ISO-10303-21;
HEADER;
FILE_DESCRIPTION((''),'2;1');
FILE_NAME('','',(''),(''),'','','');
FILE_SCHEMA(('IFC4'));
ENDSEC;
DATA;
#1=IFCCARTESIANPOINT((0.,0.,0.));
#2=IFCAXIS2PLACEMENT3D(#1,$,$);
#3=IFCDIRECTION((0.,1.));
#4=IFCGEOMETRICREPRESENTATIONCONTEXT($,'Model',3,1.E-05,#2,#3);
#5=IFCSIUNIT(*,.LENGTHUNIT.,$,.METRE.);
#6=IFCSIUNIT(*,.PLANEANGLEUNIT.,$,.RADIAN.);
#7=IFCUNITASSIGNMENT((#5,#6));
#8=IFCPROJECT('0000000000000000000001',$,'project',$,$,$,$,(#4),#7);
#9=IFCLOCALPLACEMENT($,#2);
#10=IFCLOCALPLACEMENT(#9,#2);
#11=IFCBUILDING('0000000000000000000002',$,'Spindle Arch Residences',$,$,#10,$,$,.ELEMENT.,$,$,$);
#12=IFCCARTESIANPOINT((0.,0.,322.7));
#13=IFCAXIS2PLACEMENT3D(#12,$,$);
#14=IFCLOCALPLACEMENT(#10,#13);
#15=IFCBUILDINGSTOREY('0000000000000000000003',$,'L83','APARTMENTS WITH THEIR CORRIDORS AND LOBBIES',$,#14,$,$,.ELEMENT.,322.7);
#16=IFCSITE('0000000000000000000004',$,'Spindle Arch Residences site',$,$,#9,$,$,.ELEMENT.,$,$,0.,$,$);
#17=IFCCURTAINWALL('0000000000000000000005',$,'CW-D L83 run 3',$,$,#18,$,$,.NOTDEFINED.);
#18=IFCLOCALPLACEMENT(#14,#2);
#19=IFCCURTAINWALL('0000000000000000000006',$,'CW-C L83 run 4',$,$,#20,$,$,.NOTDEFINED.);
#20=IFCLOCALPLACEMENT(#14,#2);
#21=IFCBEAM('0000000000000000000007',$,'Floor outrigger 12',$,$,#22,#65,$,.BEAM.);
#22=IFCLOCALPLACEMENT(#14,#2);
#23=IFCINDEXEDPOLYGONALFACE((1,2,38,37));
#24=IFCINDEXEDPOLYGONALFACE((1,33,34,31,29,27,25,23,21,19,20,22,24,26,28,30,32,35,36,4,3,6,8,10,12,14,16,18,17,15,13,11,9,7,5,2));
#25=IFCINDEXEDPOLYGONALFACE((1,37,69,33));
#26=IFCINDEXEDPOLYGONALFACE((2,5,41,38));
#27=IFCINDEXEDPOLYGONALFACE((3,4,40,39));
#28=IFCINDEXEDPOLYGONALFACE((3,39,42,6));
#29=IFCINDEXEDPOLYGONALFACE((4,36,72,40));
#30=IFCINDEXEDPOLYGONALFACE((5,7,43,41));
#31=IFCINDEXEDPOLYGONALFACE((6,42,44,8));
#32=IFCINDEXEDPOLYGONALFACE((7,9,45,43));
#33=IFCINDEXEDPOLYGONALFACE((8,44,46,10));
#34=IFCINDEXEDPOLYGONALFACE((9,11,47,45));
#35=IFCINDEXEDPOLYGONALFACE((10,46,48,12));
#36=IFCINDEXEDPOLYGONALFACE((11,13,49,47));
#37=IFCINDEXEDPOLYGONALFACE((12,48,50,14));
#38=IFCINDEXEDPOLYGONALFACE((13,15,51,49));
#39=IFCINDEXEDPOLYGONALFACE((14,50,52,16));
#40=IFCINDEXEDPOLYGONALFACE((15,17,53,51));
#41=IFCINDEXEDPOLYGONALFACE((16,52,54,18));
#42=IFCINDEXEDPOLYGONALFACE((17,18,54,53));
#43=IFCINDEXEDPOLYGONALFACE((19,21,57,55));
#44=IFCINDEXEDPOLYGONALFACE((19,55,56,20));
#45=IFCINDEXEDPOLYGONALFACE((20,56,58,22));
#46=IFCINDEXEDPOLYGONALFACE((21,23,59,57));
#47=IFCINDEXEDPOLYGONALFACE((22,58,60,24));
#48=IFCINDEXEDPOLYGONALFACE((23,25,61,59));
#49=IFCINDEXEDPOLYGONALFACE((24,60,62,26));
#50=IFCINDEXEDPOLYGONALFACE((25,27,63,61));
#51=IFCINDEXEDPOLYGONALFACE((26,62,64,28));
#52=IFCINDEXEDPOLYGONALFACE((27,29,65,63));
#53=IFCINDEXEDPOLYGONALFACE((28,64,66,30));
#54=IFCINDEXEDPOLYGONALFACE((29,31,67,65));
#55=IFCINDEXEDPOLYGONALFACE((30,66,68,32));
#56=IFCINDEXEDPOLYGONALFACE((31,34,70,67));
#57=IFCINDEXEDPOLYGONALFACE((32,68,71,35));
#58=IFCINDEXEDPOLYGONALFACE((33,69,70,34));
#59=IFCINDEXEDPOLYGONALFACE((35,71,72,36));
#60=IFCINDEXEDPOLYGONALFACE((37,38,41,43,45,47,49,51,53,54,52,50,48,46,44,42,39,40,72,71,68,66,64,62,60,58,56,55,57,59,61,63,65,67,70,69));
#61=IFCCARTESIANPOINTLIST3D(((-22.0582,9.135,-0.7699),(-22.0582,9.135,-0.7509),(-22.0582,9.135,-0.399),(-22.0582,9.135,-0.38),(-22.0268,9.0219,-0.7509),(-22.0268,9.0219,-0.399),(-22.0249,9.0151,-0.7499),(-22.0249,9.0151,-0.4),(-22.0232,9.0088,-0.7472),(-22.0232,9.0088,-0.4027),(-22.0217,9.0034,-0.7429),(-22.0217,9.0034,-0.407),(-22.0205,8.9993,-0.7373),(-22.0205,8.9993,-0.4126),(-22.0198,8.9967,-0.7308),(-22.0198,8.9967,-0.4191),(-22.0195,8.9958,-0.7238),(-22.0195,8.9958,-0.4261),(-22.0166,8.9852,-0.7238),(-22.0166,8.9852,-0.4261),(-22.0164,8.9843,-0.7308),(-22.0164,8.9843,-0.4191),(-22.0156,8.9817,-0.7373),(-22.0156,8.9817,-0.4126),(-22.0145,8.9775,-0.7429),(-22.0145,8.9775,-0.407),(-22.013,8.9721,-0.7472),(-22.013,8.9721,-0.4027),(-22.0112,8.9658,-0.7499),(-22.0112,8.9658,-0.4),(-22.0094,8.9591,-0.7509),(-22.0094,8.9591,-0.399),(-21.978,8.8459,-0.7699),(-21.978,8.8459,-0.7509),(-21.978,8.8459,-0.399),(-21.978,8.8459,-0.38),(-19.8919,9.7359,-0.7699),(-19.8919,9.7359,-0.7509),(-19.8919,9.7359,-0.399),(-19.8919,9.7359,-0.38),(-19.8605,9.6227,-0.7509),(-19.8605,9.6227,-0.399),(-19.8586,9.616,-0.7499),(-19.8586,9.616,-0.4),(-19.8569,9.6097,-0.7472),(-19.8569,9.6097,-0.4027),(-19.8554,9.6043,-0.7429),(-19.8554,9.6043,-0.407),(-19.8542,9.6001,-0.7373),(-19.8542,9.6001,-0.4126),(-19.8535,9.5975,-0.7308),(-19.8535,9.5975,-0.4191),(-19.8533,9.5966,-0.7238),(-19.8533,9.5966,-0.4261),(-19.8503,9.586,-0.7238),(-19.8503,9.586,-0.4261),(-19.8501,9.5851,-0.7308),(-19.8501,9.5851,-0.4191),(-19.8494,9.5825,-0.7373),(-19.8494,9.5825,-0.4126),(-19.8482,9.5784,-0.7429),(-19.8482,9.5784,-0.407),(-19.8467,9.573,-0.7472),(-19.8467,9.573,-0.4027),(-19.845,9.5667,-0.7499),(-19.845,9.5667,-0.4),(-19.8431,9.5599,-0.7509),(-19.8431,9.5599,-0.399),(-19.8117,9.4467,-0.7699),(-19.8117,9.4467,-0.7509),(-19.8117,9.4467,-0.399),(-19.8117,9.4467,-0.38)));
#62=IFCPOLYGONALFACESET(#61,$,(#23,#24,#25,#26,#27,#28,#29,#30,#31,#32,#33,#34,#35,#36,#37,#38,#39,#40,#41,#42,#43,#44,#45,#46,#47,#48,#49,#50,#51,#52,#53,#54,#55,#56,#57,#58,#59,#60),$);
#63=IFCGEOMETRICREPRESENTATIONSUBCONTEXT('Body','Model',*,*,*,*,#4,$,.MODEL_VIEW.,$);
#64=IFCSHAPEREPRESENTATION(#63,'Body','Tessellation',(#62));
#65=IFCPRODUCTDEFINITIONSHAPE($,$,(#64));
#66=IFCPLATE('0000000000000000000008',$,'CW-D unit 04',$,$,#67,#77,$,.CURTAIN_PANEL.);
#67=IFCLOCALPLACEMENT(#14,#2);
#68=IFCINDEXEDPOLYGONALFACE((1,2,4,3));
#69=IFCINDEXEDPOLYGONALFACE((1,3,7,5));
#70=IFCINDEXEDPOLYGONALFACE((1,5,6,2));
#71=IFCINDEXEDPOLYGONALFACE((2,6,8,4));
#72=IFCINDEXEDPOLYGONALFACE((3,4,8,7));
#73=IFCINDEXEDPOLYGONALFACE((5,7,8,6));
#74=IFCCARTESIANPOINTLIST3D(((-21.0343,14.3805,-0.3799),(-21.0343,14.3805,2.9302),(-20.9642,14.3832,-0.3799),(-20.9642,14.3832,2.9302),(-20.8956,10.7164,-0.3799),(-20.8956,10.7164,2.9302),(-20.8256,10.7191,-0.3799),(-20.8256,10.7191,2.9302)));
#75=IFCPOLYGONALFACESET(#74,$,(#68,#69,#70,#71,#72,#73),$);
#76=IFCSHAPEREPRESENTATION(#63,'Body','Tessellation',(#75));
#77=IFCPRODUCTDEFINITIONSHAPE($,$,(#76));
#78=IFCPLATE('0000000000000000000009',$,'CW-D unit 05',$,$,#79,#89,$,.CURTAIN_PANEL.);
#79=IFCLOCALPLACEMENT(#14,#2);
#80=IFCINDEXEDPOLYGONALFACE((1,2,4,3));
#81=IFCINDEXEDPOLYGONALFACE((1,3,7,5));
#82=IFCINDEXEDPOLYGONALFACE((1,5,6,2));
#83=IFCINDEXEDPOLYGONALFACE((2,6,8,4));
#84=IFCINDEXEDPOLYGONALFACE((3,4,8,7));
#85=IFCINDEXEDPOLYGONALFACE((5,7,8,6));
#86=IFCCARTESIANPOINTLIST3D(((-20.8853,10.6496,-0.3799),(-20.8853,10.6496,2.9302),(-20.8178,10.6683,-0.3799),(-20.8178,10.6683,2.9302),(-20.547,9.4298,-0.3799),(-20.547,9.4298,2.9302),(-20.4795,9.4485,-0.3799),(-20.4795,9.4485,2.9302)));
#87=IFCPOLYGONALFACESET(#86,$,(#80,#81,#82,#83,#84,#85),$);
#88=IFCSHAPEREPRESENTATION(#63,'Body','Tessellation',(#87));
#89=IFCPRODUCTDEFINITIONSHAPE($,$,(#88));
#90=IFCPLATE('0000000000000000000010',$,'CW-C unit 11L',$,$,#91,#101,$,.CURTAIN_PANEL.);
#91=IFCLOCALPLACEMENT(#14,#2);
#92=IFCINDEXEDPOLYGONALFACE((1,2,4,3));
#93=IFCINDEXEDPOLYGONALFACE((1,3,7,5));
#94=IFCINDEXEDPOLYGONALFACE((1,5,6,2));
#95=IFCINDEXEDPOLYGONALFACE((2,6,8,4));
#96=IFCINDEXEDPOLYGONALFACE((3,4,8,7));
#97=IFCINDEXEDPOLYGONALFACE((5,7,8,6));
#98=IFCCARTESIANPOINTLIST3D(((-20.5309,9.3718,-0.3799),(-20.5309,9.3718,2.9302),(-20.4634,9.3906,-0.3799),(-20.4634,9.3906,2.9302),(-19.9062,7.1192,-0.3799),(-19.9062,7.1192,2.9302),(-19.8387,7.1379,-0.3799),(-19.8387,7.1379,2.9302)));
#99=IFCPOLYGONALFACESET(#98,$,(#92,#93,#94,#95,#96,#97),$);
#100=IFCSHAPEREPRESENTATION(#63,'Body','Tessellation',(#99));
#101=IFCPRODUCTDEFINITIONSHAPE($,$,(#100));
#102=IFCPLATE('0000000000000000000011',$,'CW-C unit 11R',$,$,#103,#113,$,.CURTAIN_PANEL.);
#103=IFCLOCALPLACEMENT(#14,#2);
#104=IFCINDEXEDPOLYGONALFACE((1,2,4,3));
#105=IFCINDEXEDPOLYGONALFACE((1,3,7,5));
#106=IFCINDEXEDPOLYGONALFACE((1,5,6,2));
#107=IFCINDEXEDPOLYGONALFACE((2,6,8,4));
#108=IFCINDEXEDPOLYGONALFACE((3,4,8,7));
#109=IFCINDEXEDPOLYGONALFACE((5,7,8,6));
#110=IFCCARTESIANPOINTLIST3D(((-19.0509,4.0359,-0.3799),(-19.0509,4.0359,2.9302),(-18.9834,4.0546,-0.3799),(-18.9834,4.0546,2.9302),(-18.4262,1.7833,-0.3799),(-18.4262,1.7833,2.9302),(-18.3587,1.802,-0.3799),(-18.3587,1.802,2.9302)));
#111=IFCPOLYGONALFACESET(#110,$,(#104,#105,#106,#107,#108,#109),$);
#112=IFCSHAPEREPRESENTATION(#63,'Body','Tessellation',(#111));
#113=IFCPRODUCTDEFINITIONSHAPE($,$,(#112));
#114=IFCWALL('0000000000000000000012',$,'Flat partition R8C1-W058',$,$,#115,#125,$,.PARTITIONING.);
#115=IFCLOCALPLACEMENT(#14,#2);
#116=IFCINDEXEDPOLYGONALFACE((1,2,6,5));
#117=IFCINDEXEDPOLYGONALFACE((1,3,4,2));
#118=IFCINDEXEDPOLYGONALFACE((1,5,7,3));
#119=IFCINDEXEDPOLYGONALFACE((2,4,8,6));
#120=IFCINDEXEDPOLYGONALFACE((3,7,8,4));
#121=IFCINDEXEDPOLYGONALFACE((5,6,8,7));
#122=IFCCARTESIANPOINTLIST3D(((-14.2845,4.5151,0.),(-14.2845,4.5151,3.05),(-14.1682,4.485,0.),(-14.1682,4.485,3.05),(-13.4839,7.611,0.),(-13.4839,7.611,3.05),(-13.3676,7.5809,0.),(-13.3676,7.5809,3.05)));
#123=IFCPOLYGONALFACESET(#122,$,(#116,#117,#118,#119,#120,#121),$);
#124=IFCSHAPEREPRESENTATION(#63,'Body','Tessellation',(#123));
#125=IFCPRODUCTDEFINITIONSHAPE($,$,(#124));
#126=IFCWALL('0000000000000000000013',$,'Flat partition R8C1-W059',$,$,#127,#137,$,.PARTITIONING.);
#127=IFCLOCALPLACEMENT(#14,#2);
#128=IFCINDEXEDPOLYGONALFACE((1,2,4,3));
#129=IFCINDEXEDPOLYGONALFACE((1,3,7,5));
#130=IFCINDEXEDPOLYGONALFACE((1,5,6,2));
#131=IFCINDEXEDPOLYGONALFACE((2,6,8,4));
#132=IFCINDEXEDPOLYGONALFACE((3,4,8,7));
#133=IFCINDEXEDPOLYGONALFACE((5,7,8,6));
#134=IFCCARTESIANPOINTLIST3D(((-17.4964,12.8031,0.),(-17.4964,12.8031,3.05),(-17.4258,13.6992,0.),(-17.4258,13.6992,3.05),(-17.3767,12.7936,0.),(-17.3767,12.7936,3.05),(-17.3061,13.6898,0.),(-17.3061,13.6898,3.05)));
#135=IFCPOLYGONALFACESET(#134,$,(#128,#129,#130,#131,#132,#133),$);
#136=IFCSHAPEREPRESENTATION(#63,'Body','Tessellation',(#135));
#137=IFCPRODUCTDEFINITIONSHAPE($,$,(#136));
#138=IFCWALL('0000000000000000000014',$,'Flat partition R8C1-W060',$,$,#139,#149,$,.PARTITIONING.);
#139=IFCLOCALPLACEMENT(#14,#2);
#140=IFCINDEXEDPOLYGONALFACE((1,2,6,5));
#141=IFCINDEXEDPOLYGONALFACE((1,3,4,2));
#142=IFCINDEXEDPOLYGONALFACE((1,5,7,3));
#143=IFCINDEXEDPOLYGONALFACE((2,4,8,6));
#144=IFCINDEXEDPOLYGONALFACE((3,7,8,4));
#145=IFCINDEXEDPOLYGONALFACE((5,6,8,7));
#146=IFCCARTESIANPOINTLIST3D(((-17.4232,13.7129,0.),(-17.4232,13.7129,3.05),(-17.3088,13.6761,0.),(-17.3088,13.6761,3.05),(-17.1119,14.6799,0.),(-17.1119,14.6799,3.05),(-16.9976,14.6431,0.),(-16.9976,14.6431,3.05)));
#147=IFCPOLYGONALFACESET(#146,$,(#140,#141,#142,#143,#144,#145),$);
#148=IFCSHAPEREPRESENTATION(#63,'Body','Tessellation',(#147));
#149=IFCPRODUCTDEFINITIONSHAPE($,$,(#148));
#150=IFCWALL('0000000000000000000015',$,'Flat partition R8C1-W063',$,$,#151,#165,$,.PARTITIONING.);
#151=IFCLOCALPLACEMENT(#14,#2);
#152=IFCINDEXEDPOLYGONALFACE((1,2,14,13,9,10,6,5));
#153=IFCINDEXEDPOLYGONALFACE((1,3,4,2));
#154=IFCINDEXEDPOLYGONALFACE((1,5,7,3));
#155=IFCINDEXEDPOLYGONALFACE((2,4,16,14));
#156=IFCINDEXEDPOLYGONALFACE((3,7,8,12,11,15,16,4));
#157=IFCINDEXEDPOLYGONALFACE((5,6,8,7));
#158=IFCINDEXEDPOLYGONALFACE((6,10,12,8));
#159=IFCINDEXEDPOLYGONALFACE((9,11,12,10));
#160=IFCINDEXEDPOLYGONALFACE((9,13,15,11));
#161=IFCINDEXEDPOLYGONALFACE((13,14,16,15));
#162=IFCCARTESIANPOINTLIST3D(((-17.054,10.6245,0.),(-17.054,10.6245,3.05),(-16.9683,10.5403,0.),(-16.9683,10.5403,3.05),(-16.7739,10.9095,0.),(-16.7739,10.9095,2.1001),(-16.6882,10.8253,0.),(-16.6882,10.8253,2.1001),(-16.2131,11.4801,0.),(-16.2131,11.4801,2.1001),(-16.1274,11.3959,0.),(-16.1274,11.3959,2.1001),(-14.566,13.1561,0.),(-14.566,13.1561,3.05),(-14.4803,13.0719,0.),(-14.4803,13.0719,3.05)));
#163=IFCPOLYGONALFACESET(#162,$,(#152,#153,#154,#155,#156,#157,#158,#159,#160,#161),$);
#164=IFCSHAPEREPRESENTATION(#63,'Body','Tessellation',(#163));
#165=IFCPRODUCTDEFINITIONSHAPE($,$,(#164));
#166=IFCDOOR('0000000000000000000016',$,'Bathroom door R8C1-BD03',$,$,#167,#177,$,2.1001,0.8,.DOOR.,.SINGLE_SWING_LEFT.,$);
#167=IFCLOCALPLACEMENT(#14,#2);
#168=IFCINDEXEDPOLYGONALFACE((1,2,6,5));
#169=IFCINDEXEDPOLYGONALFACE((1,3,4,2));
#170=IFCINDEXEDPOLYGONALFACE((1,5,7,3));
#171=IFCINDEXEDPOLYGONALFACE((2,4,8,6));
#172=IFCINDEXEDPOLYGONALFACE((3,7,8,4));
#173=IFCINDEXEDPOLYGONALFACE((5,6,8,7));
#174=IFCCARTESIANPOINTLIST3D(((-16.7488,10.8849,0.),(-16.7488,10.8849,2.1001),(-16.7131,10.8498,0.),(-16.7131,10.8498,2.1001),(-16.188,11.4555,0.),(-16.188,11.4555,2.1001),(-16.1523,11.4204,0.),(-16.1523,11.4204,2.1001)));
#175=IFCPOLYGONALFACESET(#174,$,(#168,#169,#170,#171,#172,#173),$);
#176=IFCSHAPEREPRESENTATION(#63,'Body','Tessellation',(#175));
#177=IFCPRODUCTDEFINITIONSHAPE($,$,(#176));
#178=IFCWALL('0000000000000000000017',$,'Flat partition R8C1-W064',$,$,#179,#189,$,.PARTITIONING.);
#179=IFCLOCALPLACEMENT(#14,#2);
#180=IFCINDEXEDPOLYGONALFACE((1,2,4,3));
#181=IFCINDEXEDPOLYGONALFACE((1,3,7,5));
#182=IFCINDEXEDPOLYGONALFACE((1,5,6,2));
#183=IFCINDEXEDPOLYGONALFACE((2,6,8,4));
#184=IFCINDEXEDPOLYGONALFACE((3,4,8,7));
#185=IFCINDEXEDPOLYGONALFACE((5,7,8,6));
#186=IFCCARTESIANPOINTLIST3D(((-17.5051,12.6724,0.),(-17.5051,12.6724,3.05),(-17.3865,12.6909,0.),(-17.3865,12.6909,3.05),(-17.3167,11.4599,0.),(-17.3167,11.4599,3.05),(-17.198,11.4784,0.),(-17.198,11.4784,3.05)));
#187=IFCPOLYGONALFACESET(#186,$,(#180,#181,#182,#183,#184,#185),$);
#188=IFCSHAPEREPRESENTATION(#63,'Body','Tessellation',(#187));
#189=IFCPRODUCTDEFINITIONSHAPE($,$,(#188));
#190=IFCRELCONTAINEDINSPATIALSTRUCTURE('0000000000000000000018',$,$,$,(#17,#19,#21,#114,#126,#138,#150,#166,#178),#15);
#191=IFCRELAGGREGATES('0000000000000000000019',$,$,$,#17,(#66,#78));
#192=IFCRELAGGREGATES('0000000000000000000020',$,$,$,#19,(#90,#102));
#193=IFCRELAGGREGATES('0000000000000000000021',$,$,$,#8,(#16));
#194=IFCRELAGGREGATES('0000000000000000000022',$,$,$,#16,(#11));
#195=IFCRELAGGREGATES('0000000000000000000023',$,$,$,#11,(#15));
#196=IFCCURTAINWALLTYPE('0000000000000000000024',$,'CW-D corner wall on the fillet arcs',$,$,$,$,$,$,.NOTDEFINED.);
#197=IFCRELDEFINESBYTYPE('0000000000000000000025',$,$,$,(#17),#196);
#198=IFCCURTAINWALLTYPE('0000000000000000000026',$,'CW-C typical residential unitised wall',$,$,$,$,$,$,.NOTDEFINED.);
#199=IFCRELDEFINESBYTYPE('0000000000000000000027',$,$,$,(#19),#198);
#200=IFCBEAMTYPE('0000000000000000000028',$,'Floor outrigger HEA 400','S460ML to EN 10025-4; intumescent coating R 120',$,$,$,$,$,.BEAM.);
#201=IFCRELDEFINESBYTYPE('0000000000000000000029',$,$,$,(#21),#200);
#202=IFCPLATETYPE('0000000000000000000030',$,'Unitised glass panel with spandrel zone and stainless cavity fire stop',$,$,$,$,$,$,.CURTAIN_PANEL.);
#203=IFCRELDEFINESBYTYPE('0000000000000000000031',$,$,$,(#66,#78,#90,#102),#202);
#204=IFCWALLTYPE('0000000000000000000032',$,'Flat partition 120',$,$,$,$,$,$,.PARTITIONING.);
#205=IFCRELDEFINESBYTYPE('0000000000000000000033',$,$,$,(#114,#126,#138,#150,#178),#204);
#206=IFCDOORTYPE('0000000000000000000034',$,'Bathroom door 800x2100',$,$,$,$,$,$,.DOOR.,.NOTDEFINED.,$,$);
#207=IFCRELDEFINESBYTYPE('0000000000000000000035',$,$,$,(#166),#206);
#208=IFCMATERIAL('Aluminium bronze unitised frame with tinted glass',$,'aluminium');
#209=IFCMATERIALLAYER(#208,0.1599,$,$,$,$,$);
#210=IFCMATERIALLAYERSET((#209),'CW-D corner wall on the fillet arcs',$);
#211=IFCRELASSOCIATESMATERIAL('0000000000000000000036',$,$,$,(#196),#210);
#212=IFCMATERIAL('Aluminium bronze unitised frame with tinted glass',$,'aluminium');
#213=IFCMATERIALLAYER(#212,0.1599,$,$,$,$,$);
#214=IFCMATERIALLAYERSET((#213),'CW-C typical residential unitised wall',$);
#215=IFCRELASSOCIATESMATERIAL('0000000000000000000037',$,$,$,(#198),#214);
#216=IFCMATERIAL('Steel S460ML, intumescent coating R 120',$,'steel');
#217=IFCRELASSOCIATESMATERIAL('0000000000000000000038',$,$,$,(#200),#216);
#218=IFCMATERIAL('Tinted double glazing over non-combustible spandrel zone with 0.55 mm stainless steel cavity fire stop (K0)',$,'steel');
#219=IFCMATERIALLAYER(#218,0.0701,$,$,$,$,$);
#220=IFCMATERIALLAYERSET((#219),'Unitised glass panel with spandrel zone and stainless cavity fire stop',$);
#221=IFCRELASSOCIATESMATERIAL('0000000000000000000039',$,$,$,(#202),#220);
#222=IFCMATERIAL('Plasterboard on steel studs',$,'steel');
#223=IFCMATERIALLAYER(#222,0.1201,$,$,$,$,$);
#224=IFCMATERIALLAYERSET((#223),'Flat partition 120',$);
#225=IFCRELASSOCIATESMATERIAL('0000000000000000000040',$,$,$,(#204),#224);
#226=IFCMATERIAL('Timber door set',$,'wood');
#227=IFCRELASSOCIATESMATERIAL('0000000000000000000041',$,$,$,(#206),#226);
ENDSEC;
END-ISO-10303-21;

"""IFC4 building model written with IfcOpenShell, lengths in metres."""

from ifc_helpers import new_model, si_unit, direction, frame, frame_2d, origin, origin_2d, place, context, subcontext, project, spatial, rectangle, i_section, extrude, material, layer, layer_set, material_profile, profile_set, type_object, element, fill, aggregate, save


model = new_model("IFC4")

# Units and contexts
model_context = context("Model", 3, precision=1e-05, world=origin(), true_north=direction((0.0, 1.0)))
body_context = subcontext(model_context, "Body", "Model", "MODEL_VIEW")
ifc_project = project(units=[si_unit("LENGTHUNIT", "METRE"), si_unit("PLANEANGLEUNIT", "RADIAN")], contexts=[model_context])

# Site, building, storey
site_placement = place(None, origin())
site = spatial("IfcSite", under=ifc_project, at=site_placement, Name="Spindle Arch Residences site", CompositionType="ELEMENT", RefElevation=0.0)
building_placement = place(site_placement, origin())
building = spatial("IfcBuilding", under=site, at=building_placement, Name="Spindle Arch Residences", CompositionType="ELEMENT")
storey_placement = place(building_placement, frame((0.0, 0.0, 322.7)))
storey = spatial("IfcBuildingStorey", under=building, at=storey_placement, Name="L83", Description="APARTMENTS WITH THEIR CORRIDORS AND LOBBIES", CompositionType="ELEMENT", Elevation=322.7)

# Curtain wall
ifc_material_1 = material(Name="Aluminium bronze unitised frame with tinted glass", Category="aluminium")
ifc_layer_1 = layer(ifc_material_1, 0.1599)
ifc_layer_set_1 = layer_set([ifc_layer_1], Name="CW-D corner wall on the fillet arcs")
curtain_wall_type_1 = type_object("IfcCurtainWallType", Name="CW-D corner wall on the fillet arcs", PredefinedType="NOTDEFINED", material=ifc_layer_set_1)
curtain_wall_1_placement = place(storey_placement, origin())
curtain_wall_1 = element("IfcCurtainWall", 1, at=curtain_wall_1_placement, inside=storey, type_object=curtain_wall_type_1, Name="CW-D L83 run 3", PredefinedType="NOTDEFINED")

# Curtain wall
ifc_material_2 = material(Name="Aluminium bronze unitised frame with tinted glass", Category="aluminium")
ifc_layer_2 = layer(ifc_material_2, 0.1599)
ifc_layer_set_2 = layer_set([ifc_layer_2], Name="CW-C typical residential unitised wall")
curtain_wall_type_2 = type_object("IfcCurtainWallType", Name="CW-C typical residential unitised wall", PredefinedType="NOTDEFINED", material=ifc_layer_set_2)
curtain_wall_2_placement = place(storey_placement, origin())
curtain_wall_2 = element("IfcCurtainWall", 2, at=curtain_wall_2_placement, inside=storey, type_object=curtain_wall_type_2, Name="CW-C L83 run 4", PredefinedType="NOTDEFINED")

# Beam
ifc_material_3 = material(Name="Steel S460ML, intumescent coating R 120", Category="steel")
ifc_material_profile_1 = material_profile(ifc_material_3, i_section(OverallWidth=0.3, OverallDepth=0.3899, WebThickness=0.011, FlangeThickness=0.019, FilletRadius=0.0271, at=origin_2d()), Name="HEA 400")
ifc_profile_set_1 = profile_set([ifc_material_profile_1], Name="Steel S460ML, intumescent coating R 120")
beam_type_1 = type_object("IfcBeamType", Name="Floor outrigger HEA 400", Description="S460ML to EN 10025-4; intumescent coating R 120", PredefinedType="BEAM", material=ifc_profile_set_1)
beam_1_placement = place(storey_placement, frame((-22.0181, 8.9905, -0.575), z_axis=(0.963622, 0.267269, 0.0), x_axis=(-0.267269, 0.963622, 0.0)))
element("IfcBeam", 3, at=beam_1_placement, inside=storey, type_object=beam_type_1, Name="Floor outrigger 12", PredefinedType="BEAM", context=body_context, shape_type="SweptSolid", body=[
    extrude(i_section(OverallWidth=0.3, OverallDepth=0.3899, WebThickness=0.011, FlangeThickness=0.019, FilletRadius=0.0271, at=origin_2d()), origin(), (0.0, 0.0, 1.0), 2.248),
])

# Plates
ifc_material_4 = material(Name="Tinted double glazing over non-combustible spandrel zone with 0.55 mm stainless steel cavity fire stop (K0)", Category="steel")
ifc_layer_3 = layer(ifc_material_4, 0.0701)
ifc_layer_set_3 = layer_set([ifc_layer_3], Name="Unitised glass panel with spandrel zone and stainless cavity fire stop")
plate_type = type_object("IfcPlateType", Name="Unitised glass panel with spandrel zone and stainless cavity fire stop", PredefinedType="CURTAIN_PANEL", material=ifc_layer_set_3)
plate_1_placement = place(storey_placement, frame((-20.9299, 12.5498, -0.3799), z_axis=(0.0, 0.0, 1.0), x_axis=(0.037806, -0.999285, 0.0)))
plate_1 = element("IfcPlate", 4, at=plate_1_placement, type_object=plate_type, Name="CW-D unit 04", PredefinedType="CURTAIN_PANEL", context=body_context, shape_type="SweptSolid", body=[
    extrude(rectangle(XDim=3.6667, YDim=0.0701, at=origin_2d()), origin(), (0.0, 0.0, 1.0), 3.3101),
])
plate_2_placement = place(storey_placement, frame((-20.6824, 10.0491, -0.3799), z_axis=(0.0, 0.0, 1.0), x_axis=(0.267238, -0.96363, 0.0)))
plate_2 = element("IfcPlate", 5, at=plate_2_placement, type_object=plate_type, Name="CW-D unit 05", PredefinedType="CURTAIN_PANEL", context=body_context, shape_type="SweptSolid", body=[
    extrude(rectangle(XDim=1.2659, YDim=0.0701, at=origin_2d()), origin(), (0.0, 0.0, 1.0), 3.3101),
])
aggregate(curtain_wall_1, [plate_1, plate_2])
plate_3_placement = place(storey_placement, frame((-20.1848, 8.2549, -0.3799), z_axis=(0.0, 0.0, 1.0), x_axis=(0.267238, -0.96363, 0.0)))
plate_3 = element("IfcPlate", 6, at=plate_3_placement, type_object=plate_type, Name="CW-C unit 11L", PredefinedType="CURTAIN_PANEL", context=body_context, shape_type="SweptSolid", body=[
    extrude(rectangle(XDim=2.3376, YDim=0.0701, at=origin_2d()), origin(), (0.0, 0.0, 1.0), 3.3101),
])
plate_4_placement = place(storey_placement, frame((-18.7048, 2.9189, -0.3799), z_axis=(0.0, 0.0, 1.0), x_axis=(0.267238, -0.96363, 0.0)))
plate_4 = element("IfcPlate", 7, at=plate_4_placement, type_object=plate_type, Name="CW-C unit 11R", PredefinedType="CURTAIN_PANEL", context=body_context, shape_type="SweptSolid", body=[
    extrude(rectangle(XDim=2.3376, YDim=0.0701, at=origin_2d()), origin(), (0.0, 0.0, 1.0), 3.3101),
])
aggregate(curtain_wall_2, [plate_3, plate_4])

# Walls
ifc_material_5 = material(Name="Plasterboard on steel studs", Category="steel")
ifc_layer_4 = layer(ifc_material_5, 0.1201)
ifc_layer_set_4 = layer_set([ifc_layer_4], Name="Flat partition 120")
wall_type_1 = type_object("IfcWallType", Name="Flat partition 120", PredefinedType="PARTITIONING", material=ifc_layer_set_4)
wall_1_placement = place(storey_placement, frame((-13.4258, 7.5959, 0.0), z_axis=(0.0, 0.0, 1.0), x_axis=(-0.250342, -0.968157, 0.0)))
element("IfcWall", 8, at=wall_1_placement, inside=storey, type_object=wall_type_1, Name="Flat partition R8C1-W058", PredefinedType="PARTITIONING", context=body_context, shape_type="SweptSolid", body=[
    extrude(rectangle(XDim=3.1978, YDim=0.1201, at=frame_2d((1.5989, 0.0))), origin(), (0.0, 0.0, 1.0), 3.05),
])
wall_2_placement = place(storey_placement, frame((-17.4365, 12.7983, 0.0), z_axis=(0.0, 0.0, 1.0), x_axis=(0.078482, 0.996916, 0.0)))
element("IfcWall", 9, at=wall_2_placement, inside=storey, type_object=wall_type_1, Name="Flat partition R8C1-W059", PredefinedType="PARTITIONING", context=body_context, shape_type="SweptSolid", body=[
    extrude(rectangle(XDim=0.8989, YDim=0.1201, at=frame_2d((0.4495, 0.0))), origin(), (0.0, 0.0, 1.0), 3.05),
])
wall_3_placement = place(storey_placement, frame((-17.366, 13.6946, 0.0), z_axis=(0.0, 0.0, 1.0), x_axis=(0.306406, 0.951901, 0.0)))
element("IfcWall", 10, at=wall_3_placement, inside=storey, type_object=wall_type_1, Name="Flat partition R8C1-W060", PredefinedType="PARTITIONING", context=body_context, shape_type="SweptSolid", body=[
    extrude(rectangle(XDim=1.0159, YDim=0.1201, at=frame_2d((0.5078, 0.0))), origin(), (0.0, 0.0, 1.0), 3.05),
])

# Wall, opening, door
wall_4_placement = place(storey_placement, frame((-17.0112, 10.5823, 0.0), z_axis=(0.0, 0.0, 1.0), x_axis=(0.700924, 0.713236, 0.0)))
wall_4 = element("IfcWall", 11, at=wall_4_placement, inside=storey, type_object=wall_type_1, Name="Flat partition R8C1-W063", PredefinedType="PARTITIONING", context=body_context, shape_type="SweptSolid", body=[
    extrude(rectangle(XDim=3.5496, YDim=0.1201, at=frame_2d((1.7749, 0.0))), origin(), (0.0, 0.0, 1.0), 3.05),
])
opening_1_placement = place(wall_4_placement, frame((0.3999, 0.0, 0.0)))
opening_1 = element("IfcOpeningElement", 12, at=opening_1_placement, cuts=wall_4, PredefinedType="OPENING", context=body_context, shape_type="SweptSolid", body=[
    extrude(rectangle(XDim=0.8, YDim=2.1001, at=frame_2d((0.3999, 1.05))), frame((0.0, 0.0701, 0.0), z_axis=(0.0, -1.0, 0.0), x_axis=(1.0, 0.0, 0.0)), (0.0, 0.0, 1.0), 0.1401),
])
ifc_material_6 = material(Name="Timber door set", Category="wood")
door_type_1 = type_object("IfcDoorType", Name="Bathroom door 800x2100", OperationType="NOTDEFINED", PredefinedType="DOOR", material=ifc_material_6)
door_1_placement = place(opening_1_placement, origin())
door_1 = element("IfcDoor", 13, at=door_1_placement, inside=storey, type_object=door_type_1, Name="Bathroom door R8C1-BD03", OperationType="SINGLE_SWING_LEFT", OverallHeight=2.1001, OverallWidth=0.8, PredefinedType="DOOR", context=body_context, shape_type="SweptSolid", body=[
    extrude(rectangle(XDim=0.8, YDim=2.1001, at=frame_2d((0.3999, 1.05))), frame((0.0, 0.0249, 0.0), z_axis=(0.0, -1.0, 0.0), x_axis=(1.0, 0.0, 0.0)), (0.0, 0.0, 1.0), 0.05),
])
fill(opening_1, door_1)

# Wall
wall_5_placement = place(storey_placement, frame((-17.4458, 12.6816, 0.0), z_axis=(0.0, 0.0, 1.0), x_axis=(0.153612, -0.988131, 0.0)))
element("IfcWall", 14, at=wall_5_placement, inside=storey, type_object=wall_type_1, Name="Flat partition R8C1-W064", PredefinedType="PARTITIONING", context=body_context, shape_type="SweptSolid", body=[
    extrude(rectangle(XDim=1.2271, YDim=0.1201, at=frame_2d((0.6135, 0.0))), origin(), (0.0, 0.0, 1.0), 3.05),
])

save(model, "model.ifc")
